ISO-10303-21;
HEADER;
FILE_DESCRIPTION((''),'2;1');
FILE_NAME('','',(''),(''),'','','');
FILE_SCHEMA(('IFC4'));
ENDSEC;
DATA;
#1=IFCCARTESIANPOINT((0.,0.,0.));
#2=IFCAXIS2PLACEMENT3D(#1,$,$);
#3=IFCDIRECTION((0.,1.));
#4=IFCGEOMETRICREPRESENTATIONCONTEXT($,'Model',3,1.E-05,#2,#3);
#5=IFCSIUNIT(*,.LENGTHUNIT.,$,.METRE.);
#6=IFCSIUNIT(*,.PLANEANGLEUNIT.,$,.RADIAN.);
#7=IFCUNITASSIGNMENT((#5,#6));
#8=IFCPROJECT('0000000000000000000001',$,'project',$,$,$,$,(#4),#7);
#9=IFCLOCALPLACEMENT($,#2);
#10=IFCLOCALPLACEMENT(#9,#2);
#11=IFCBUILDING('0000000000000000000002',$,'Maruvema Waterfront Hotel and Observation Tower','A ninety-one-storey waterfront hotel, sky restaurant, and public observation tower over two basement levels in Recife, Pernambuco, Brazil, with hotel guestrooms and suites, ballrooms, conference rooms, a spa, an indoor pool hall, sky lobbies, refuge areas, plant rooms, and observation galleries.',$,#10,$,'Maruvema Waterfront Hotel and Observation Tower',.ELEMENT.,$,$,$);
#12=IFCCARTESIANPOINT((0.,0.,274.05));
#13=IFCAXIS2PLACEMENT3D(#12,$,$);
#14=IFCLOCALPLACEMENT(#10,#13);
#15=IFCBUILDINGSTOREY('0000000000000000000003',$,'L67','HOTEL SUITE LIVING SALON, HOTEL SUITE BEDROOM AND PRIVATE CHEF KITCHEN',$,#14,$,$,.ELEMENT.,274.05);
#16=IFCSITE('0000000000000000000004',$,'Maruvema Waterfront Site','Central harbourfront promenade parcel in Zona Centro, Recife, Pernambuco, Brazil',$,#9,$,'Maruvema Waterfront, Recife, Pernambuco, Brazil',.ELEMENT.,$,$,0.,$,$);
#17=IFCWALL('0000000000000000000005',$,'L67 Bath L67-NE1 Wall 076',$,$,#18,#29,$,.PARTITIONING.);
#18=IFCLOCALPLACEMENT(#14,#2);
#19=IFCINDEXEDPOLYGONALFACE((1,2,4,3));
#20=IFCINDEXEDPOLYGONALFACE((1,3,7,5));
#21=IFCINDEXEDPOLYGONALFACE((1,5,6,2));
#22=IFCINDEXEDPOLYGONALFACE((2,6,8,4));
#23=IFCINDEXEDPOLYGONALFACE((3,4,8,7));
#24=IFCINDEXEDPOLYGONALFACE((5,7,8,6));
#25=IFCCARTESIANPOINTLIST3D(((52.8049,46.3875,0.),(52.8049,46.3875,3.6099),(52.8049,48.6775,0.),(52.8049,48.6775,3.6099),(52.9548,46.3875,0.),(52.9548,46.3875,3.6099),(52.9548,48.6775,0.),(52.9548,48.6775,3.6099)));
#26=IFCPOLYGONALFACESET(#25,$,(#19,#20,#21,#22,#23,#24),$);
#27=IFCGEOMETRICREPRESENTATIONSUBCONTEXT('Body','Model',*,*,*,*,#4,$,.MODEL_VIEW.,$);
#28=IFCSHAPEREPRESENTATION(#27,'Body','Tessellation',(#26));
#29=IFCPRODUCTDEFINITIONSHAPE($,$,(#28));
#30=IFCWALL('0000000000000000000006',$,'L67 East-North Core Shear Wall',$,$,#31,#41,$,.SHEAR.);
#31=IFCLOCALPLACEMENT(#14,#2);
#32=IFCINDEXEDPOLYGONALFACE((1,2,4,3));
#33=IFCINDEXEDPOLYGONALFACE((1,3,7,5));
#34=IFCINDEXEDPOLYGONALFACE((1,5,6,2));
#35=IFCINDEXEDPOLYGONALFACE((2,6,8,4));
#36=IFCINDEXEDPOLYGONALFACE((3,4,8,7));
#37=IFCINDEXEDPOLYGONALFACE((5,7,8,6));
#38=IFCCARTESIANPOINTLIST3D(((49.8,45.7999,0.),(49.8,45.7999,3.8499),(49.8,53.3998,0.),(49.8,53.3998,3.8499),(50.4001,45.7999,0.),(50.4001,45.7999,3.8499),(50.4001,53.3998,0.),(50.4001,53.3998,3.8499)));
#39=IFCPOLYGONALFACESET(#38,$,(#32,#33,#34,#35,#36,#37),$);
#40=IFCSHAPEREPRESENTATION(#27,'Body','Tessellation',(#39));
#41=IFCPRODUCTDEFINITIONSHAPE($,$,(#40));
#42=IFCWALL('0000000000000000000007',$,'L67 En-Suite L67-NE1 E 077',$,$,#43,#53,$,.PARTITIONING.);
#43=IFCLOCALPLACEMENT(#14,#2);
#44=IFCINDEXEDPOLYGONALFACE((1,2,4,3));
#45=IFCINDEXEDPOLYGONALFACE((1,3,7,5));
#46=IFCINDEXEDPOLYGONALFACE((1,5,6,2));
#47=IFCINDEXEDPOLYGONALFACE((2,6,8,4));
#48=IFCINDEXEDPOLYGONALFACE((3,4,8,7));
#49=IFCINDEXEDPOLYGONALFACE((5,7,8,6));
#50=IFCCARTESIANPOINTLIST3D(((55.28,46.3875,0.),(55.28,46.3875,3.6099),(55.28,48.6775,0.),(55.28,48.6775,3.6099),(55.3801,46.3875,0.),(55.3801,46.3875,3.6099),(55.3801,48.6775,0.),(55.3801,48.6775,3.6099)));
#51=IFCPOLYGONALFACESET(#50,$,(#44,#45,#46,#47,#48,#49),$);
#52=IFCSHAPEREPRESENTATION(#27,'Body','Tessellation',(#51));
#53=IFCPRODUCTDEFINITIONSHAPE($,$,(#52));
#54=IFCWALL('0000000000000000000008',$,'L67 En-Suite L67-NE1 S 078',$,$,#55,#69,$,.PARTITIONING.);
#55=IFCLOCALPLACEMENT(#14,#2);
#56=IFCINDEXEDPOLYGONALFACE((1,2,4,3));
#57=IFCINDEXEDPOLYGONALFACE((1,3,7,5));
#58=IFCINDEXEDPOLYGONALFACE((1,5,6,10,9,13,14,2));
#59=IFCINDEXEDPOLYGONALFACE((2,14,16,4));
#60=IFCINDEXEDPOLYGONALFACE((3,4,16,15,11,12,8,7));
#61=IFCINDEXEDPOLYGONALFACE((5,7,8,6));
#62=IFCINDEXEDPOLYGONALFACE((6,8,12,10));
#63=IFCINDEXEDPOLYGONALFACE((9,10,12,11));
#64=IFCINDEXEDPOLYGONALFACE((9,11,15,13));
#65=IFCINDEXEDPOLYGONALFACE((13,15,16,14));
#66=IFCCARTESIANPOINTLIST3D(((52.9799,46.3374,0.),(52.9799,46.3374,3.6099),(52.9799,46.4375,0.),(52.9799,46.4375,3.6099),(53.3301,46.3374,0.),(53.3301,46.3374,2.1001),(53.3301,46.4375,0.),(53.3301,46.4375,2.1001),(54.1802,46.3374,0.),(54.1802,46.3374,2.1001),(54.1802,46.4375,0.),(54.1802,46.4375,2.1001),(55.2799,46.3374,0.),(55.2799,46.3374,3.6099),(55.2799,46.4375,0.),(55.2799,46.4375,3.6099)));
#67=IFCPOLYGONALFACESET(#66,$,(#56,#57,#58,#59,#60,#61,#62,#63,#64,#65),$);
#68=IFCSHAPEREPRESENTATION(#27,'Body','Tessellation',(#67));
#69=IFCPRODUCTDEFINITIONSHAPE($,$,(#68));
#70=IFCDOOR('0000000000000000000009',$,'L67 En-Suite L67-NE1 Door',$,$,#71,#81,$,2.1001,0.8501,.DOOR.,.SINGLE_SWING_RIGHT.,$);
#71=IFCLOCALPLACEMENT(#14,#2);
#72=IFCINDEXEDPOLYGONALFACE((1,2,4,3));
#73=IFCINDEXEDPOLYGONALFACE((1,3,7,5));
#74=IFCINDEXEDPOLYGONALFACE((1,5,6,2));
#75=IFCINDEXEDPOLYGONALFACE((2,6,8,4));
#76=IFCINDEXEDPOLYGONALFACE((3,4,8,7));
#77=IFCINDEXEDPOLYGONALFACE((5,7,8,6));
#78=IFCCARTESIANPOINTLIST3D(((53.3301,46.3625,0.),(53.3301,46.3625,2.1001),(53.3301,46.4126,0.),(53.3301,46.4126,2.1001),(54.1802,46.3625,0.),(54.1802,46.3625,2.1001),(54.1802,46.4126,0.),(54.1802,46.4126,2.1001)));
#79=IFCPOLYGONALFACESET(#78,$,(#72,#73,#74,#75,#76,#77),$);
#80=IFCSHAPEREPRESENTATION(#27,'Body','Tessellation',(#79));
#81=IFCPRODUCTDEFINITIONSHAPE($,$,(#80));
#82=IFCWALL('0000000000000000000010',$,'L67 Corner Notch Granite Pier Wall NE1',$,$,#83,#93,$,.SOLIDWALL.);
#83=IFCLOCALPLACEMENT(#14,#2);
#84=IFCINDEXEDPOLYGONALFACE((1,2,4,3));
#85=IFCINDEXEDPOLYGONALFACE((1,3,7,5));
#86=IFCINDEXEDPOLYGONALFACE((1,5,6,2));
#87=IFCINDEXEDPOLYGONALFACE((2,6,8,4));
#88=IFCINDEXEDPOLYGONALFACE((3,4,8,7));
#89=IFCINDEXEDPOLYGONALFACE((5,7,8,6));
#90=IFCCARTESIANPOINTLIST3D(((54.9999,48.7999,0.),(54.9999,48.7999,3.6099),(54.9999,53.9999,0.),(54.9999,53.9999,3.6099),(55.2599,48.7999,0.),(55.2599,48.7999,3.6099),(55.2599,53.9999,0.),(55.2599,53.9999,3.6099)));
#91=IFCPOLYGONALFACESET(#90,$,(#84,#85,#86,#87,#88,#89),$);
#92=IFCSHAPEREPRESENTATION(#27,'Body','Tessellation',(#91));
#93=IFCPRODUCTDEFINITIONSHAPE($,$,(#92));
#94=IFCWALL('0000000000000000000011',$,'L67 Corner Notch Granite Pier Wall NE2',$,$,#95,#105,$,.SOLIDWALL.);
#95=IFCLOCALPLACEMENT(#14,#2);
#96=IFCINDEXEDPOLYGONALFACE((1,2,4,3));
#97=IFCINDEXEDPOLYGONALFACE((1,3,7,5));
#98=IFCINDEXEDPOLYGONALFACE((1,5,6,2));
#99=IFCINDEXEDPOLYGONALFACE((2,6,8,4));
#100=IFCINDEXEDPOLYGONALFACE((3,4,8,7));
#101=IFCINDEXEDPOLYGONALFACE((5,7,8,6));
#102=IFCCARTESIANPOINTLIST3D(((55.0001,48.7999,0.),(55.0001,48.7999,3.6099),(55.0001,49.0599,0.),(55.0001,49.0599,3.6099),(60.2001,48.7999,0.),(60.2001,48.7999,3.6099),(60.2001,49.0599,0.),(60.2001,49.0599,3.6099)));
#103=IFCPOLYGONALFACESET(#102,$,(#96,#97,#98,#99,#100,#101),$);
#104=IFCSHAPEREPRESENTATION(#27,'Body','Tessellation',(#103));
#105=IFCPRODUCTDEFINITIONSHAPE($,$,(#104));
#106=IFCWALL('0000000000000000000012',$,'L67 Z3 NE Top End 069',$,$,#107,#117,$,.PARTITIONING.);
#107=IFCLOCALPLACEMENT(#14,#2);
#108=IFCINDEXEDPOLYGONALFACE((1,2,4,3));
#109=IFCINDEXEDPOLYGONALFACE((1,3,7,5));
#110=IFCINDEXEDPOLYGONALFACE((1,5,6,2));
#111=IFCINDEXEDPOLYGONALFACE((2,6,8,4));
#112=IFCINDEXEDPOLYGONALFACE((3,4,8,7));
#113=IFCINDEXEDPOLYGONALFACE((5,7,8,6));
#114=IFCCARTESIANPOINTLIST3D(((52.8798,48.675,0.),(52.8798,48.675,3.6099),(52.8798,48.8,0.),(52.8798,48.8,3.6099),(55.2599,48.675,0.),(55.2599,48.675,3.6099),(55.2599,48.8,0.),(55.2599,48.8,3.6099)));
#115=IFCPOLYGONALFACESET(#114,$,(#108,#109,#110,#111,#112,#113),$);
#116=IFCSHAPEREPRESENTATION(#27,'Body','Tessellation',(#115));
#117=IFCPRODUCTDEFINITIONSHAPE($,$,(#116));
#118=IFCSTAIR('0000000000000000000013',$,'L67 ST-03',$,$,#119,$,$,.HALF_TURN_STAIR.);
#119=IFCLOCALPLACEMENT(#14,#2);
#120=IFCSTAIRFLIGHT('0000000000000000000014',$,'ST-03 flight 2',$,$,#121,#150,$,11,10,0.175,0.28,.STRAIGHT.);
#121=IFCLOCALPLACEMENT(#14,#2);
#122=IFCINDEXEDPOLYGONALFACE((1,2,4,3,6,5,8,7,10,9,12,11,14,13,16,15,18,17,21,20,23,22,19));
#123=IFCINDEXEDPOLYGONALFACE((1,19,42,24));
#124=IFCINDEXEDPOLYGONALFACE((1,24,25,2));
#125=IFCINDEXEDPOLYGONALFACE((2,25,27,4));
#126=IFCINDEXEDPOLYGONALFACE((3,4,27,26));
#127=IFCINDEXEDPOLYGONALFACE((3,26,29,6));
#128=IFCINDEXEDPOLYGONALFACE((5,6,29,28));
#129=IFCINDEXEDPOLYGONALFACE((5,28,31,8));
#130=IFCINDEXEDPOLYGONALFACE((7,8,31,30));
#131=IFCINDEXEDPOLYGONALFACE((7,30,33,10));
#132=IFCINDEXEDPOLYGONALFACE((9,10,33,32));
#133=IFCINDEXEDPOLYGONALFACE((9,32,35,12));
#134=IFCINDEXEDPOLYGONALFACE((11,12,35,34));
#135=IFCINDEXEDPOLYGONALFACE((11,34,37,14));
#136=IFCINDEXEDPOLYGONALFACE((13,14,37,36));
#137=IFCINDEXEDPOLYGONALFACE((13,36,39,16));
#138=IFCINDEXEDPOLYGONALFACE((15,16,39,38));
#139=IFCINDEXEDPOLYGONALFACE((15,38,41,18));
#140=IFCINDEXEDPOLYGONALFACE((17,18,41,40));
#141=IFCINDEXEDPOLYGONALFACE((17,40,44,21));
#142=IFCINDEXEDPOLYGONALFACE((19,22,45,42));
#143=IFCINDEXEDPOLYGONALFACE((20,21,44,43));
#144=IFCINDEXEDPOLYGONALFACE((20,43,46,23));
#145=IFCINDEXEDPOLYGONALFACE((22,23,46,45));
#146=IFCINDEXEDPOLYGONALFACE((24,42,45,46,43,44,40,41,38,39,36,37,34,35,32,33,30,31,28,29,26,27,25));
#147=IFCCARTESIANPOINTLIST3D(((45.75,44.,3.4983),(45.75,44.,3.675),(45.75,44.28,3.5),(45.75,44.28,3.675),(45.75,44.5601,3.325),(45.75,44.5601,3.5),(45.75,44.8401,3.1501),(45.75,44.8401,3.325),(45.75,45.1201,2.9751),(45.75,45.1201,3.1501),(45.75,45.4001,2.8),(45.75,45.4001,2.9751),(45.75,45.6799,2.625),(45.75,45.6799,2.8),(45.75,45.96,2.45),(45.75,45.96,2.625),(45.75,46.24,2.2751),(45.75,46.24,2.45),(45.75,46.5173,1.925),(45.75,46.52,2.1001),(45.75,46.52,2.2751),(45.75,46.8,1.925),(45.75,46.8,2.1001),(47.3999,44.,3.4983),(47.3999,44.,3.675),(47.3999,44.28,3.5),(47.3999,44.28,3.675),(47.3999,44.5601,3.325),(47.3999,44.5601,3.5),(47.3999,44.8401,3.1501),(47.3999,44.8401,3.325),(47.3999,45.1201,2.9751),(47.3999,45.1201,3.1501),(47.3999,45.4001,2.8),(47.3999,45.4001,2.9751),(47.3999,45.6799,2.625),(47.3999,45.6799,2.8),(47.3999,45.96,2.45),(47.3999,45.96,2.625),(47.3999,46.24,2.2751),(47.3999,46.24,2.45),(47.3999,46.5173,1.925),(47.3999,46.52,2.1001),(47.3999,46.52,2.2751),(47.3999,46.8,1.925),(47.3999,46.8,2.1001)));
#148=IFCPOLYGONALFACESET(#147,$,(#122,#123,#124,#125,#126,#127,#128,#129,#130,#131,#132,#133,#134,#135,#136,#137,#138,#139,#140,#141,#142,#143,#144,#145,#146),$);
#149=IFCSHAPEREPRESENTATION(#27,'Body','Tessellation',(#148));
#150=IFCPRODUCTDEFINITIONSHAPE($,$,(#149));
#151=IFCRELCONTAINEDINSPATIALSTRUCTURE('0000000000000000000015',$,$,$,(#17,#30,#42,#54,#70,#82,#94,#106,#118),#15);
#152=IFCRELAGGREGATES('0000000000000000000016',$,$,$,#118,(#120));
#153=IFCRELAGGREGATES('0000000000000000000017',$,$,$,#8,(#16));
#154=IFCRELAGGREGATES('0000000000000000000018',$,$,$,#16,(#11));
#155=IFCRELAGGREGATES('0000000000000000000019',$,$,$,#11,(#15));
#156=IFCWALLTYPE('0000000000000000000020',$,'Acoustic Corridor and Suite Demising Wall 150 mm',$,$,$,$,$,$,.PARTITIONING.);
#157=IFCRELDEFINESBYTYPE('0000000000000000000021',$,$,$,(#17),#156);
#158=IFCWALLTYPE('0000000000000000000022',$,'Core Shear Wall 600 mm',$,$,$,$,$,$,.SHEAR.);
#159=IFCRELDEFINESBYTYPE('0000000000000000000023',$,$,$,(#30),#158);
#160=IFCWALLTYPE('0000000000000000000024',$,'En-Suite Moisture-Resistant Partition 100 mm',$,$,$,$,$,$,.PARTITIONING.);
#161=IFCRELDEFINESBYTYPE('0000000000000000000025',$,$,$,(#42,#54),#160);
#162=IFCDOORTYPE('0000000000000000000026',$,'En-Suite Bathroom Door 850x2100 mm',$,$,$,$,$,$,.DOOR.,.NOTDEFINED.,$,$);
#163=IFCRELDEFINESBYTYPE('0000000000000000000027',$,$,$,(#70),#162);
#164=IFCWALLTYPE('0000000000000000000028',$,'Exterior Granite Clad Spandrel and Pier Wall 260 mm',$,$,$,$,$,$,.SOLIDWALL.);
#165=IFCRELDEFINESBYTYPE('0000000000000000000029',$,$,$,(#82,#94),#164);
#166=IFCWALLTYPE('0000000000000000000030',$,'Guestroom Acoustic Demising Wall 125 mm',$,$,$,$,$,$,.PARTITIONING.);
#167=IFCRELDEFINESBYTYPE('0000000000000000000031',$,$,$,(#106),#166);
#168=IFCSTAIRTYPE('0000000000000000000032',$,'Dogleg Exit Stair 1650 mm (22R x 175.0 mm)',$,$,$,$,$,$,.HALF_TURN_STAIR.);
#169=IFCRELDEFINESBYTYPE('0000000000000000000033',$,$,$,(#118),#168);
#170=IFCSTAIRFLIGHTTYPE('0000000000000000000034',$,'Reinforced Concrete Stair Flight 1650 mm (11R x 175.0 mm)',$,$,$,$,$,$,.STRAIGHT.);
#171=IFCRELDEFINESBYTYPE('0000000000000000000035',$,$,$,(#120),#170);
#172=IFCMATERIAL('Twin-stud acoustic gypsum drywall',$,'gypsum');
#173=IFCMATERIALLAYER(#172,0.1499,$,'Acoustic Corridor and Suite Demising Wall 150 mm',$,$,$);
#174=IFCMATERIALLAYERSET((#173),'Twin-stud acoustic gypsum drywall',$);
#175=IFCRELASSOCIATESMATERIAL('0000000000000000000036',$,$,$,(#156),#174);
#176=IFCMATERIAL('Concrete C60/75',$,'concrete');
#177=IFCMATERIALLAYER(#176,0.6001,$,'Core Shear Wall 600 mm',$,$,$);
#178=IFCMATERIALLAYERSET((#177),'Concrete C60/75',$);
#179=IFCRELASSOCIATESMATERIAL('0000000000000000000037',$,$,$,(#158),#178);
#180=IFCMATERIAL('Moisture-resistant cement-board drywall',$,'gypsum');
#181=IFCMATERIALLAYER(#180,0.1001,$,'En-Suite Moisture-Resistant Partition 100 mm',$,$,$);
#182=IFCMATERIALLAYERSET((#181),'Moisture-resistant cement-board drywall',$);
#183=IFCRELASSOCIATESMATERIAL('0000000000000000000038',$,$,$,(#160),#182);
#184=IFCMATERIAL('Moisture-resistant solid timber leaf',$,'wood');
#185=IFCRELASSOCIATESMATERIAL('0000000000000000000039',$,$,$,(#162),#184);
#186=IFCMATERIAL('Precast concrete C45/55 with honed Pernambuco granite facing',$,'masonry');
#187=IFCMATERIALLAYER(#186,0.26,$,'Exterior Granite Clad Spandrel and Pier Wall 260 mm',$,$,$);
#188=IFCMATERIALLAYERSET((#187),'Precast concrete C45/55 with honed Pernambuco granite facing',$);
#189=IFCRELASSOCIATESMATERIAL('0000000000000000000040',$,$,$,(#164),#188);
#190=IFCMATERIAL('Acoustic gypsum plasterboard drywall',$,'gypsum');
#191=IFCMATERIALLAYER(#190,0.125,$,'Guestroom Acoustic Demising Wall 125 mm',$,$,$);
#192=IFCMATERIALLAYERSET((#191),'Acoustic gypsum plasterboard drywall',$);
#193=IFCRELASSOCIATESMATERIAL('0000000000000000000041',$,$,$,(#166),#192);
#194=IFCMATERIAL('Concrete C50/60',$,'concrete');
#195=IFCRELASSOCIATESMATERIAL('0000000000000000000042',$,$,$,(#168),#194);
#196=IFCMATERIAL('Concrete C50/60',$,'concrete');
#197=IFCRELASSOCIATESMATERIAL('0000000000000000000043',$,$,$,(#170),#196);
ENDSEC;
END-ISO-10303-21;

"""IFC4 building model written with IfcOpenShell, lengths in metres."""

from ifc_helpers import new_model, si_unit, direction, frame, frame_2d, origin, place, context, subcontext, project, spatial, polyline, rectangle, outline, extrude, material, layer, layer_set, type_object, element, fill, aggregate, save


model = new_model("IFC4")

# Units and contexts
model_context = context("Model", 3, precision=1e-05, world=origin(), true_north=direction((0.0, 1.0)))
body_context = subcontext(model_context, "Body", "Model", "MODEL_VIEW")
ifc_project = project(units=[si_unit("LENGTHUNIT", "METRE"), si_unit("PLANEANGLEUNIT", "RADIAN")], contexts=[model_context])

# Site, building, storey
site_placement = place(None, origin())
site = spatial("IfcSite", under=ifc_project, at=site_placement, Name="Maruvema Waterfront Site", Description="Central harbourfront promenade parcel in Zona Centro, Recife, Pernambuco, Brazil", LongName="Maruvema Waterfront, Recife, Pernambuco, Brazil", CompositionType="ELEMENT", RefElevation=0.0)
building_placement = place(site_placement, origin())
building = spatial("IfcBuilding", under=site, at=building_placement, Name="Maruvema Waterfront Hotel and Observation Tower", Description="A ninety-one-storey waterfront hotel, sky restaurant, and public observation tower over two basement levels in Recife, Pernambuco, Brazil, with hotel guestrooms and suites, ballrooms, conference rooms, a spa, an indoor pool hall, sky lobbies, refuge areas, plant rooms, and observation galleries.", LongName="Maruvema Waterfront Hotel and Observation Tower", CompositionType="ELEMENT")
storey_placement = place(building_placement, frame((0.0, 0.0, 274.05)))
storey = spatial("IfcBuildingStorey", under=building, at=storey_placement, Name="L67", Description="HOTEL SUITE LIVING SALON, HOTEL SUITE BEDROOM AND PRIVATE CHEF KITCHEN", CompositionType="ELEMENT", Elevation=274.05)

# Walls
ifc_material_1 = material(Name="Twin-stud acoustic gypsum drywall", Category="gypsum")
ifc_layer_1 = layer(ifc_material_1, 0.1499, Name="Acoustic Corridor and Suite Demising Wall 150 mm")
ifc_layer_set_1 = layer_set([ifc_layer_1], Name="Twin-stud acoustic gypsum drywall")
wall_type_1 = type_object("IfcWallType", Name="Acoustic Corridor and Suite Demising Wall 150 mm", PredefinedType="PARTITIONING", material=ifc_layer_set_1)
wall_1_placement = place(storey_placement, frame((52.8799, 46.3875, 0.0), z_axis=(0.0, 0.0, 1.0), x_axis=(0.0, 1.0, 0.0)))
element("IfcWall", 1, at=wall_1_placement, inside=storey, type_object=wall_type_1, Name="L67 Bath L67-NE1 Wall 076", PredefinedType="PARTITIONING", context=body_context, shape_type="SweptSolid", body=[
    extrude(rectangle(XDim=2.29, YDim=0.1499, at=frame_2d((1.145, 0.0))), origin(), (0.0, 0.0, 1.0), 3.6099),
])
ifc_material_2 = material(Name="Concrete C60/75", Category="concrete")
ifc_layer_2 = layer(ifc_material_2, 0.6001, Name="Core Shear Wall 600 mm")
ifc_layer_set_2 = layer_set([ifc_layer_2], Name="Concrete C60/75")
wall_type_2 = type_object("IfcWallType", Name="Core Shear Wall 600 mm", PredefinedType="SHEAR", material=ifc_layer_set_2)
wall_2_placement = place(storey_placement, frame((50.1001, 45.8, 0.0), z_axis=(0.0, 0.0, 1.0), x_axis=(0.0, 1.0, 0.0)))
element("IfcWall", 2, at=wall_2_placement, inside=storey, type_object=wall_type_2, Name="L67 East-North Core Shear Wall", PredefinedType="SHEAR", context=body_context, shape_type="SweptSolid", body=[
    extrude(rectangle(XDim=7.5999, YDim=0.6001, at=frame_2d((3.7998, 0.0))), origin(), (0.0, 0.0, 1.0), 3.8499),
])
ifc_material_3 = material(Name="Moisture-resistant cement-board drywall", Category="gypsum")
ifc_layer_3 = layer(ifc_material_3, 0.1001, Name="En-Suite Moisture-Resistant Partition 100 mm")
ifc_layer_set_3 = layer_set([ifc_layer_3], Name="Moisture-resistant cement-board drywall")
wall_type_3 = type_object("IfcWallType", Name="En-Suite Moisture-Resistant Partition 100 mm", PredefinedType="PARTITIONING", material=ifc_layer_set_3)
wall_3_placement = place(storey_placement, frame((55.3301, 46.3875, 0.0), z_axis=(0.0, 0.0, 1.0), x_axis=(0.0, 1.0, 0.0)))
element("IfcWall", 3, at=wall_3_placement, inside=storey, type_object=wall_type_3, Name="L67 En-Suite L67-NE1 E 077", PredefinedType="PARTITIONING", context=body_context, shape_type="SweptSolid", body=[
    extrude(rectangle(XDim=2.29, YDim=0.1001, at=frame_2d((1.145, 0.0))), origin(), (0.0, 0.0, 1.0), 3.6099),
])

# Wall, opening, door
wall_4_placement = place(storey_placement, frame((52.98, 46.3875, 0.0), z_axis=(0.0, 0.0, 1.0), x_axis=(1.0, 0.0, 0.0)))
wall_4 = element("IfcWall", 4, at=wall_4_placement, inside=storey, type_object=wall_type_3, Name="L67 En-Suite L67-NE1 S 078", PredefinedType="PARTITIONING", context=body_context, shape_type="SweptSolid", body=[
    extrude(rectangle(XDim=2.3, YDim=0.1001, at=frame_2d((1.1499, 0.0))), origin(), (0.0, 0.0, 1.0), 3.6099),
])
opening_placement = place(wall_4_placement, frame((0.3501, 0.0, 0.0)))
opening = element("IfcOpeningElement", 5, at=opening_placement, cuts=wall_4, PredefinedType="OPENING", context=body_context, shape_type="SweptSolid", body=[
    extrude(rectangle(XDim=0.8501, YDim=2.1001, at=frame_2d((0.425, 1.05))), frame((0.0, 0.0601, 0.0), z_axis=(0.0, -1.0, 0.0), x_axis=(1.0, 0.0, 0.0)), (0.0, 0.0, 1.0), 0.1201),
])
ifc_material_4 = material(Name="Moisture-resistant solid timber leaf", Category="wood")
door_type = type_object("IfcDoorType", Name="En-Suite Bathroom Door 850x2100 mm", OperationType="NOTDEFINED", PredefinedType="DOOR", material=ifc_material_4)
door_placement = place(opening_placement, frame((0.8501, 0.0, 0.0), z_axis=(0.0, 0.0, 1.0), x_axis=(-1.0, 0.0, 0.0)))
door = element("IfcDoor", 6, at=door_placement, inside=storey, type_object=door_type, Name="L67 En-Suite L67-NE1 Door", OperationType="SINGLE_SWING_RIGHT", OverallHeight=2.1001, OverallWidth=0.8501, PredefinedType="DOOR", context=body_context, shape_type="SweptSolid", body=[
    extrude(rectangle(XDim=0.8501, YDim=2.1001, at=frame_2d((0.425, 1.05))), frame((0.0, 0.0249, 0.0), z_axis=(0.0, -1.0, 0.0), x_axis=(1.0, 0.0, 0.0)), (0.0, 0.0, 1.0), 0.05),
])
fill(opening, door)

# Walls
ifc_material_5 = material(Name="Precast concrete C45/55 with honed Pernambuco granite facing", Category="masonry")
ifc_layer_4 = layer(ifc_material_5, 0.26, Name="Exterior Granite Clad Spandrel and Pier Wall 260 mm")
ifc_layer_set_4 = layer_set([ifc_layer_4], Name="Precast concrete C45/55 with honed Pernambuco granite facing")
wall_type_4 = type_object("IfcWallType", Name="Exterior Granite Clad Spandrel and Pier Wall 260 mm", PredefinedType="SOLIDWALL", material=ifc_layer_set_4)
for number, where, z_axis, x_axis, name in (
    (7, (55.1299, 54.0, 0.0), (0.0, 0.0, 1.0), (0.0, -1.0, 0.0), "L67 Corner Notch Granite Pier Wall NE1"),
    (8, (55.0, 48.9299, 0.0), (0.0, 0.0, 1.0), (1.0, 0.0, 0.0), "L67 Corner Notch Granite Pier Wall NE2"),
):
    element("IfcWall", number, at=place(storey_placement, frame(where, z_axis=z_axis, x_axis=x_axis)), inside=storey, type_object=wall_type_4, Name=name, PredefinedType="SOLIDWALL", context=body_context, shape_type="SweptSolid", body=[
        extrude(rectangle(XDim=5.2, YDim=0.26, at=frame_2d((2.6001, 0.0))), origin(), (0.0, 0.0, 1.0), 3.6099),
    ])
ifc_material_6 = material(Name="Acoustic gypsum plasterboard drywall", Category="gypsum")
ifc_layer_5 = layer(ifc_material_6, 0.125, Name="Guestroom Acoustic Demising Wall 125 mm")
ifc_layer_set_5 = layer_set([ifc_layer_5], Name="Acoustic gypsum plasterboard drywall")
wall_type_5 = type_object("IfcWallType", Name="Guestroom Acoustic Demising Wall 125 mm", PredefinedType="PARTITIONING", material=ifc_layer_set_5)
wall_5_placement = place(storey_placement, frame((52.8799, 48.7375, 0.0), z_axis=(0.0, 0.0, 1.0), x_axis=(1.0, 0.0, 0.0)))
element("IfcWall", 9, at=wall_5_placement, inside=storey, type_object=wall_type_5, Name="L67 Z3 NE Top End 069", PredefinedType="PARTITIONING", context=body_context, shape_type="SweptSolid", body=[
    extrude(rectangle(XDim=2.3801, YDim=0.125, at=frame_2d((1.1899, 0.0))), origin(), (0.0, 0.0, 1.0), 3.6099),
])

# Stair, stair flight
ifc_material_7 = material(Name="Concrete C50/60", Category="concrete")
stair_type = type_object("IfcStairType", Name="Dogleg Exit Stair 1650 mm (22R x 175.0 mm)", PredefinedType="HALF_TURN_STAIR", material=ifc_material_7)
stair_placement = place(storey_placement, origin())
stair = element("IfcStair", 10, at=stair_placement, inside=storey, type_object=stair_type, Name="L67 ST-03", PredefinedType="HALF_TURN_STAIR")
ifc_material_8 = material(Name="Concrete C50/60", Category="concrete")
stair_flight_type = type_object("IfcStairFlightType", Name="Reinforced Concrete Stair Flight 1650 mm (11R x 175.0 mm)", PredefinedType="STRAIGHT", material=ifc_material_8)
stair_flight_placement = place(storey_placement, frame((46.575, 46.8, 1.925), z_axis=(0.0, 0.0, 1.0), x_axis=(0.0, -1.0, 0.0)))
stair_flight = element("IfcStairFlight", 11, at=stair_flight_placement, type_object=stair_flight_type, Name="ST-03 flight 2", NumberOfRisers=11, NumberOfTreads=10, PredefinedType="STRAIGHT", RiserHeight=0.175, TreadLength=0.28, context=body_context, shape_type="SweptSolid", body=[
    extrude(outline(polyline([(0.0, 0.0), (0.0, 0.175), (0.28, 0.175), (0.28, 0.3501), (0.5601, 0.3501), (0.5601, 0.5249), (0.8401, 0.5249), (0.8401, 0.7), (1.1201, 0.7), (1.1201, 0.875), (1.3999, 0.875), (1.3999, 1.05), (1.6799, 1.05), (1.6799, 1.2251), (1.96, 1.2251), (1.96, 1.3999), (2.24, 1.3999), (2.24, 1.575), (2.52, 1.575), (2.52, 1.75), (2.8, 1.75), (2.8, 1.925), (2.8, 1.5732), (0.2827, 0.0), (0.0, 0.0)])), frame((0.0, 0.825, 0.0), z_axis=(0.0, -1.0, 0.0), x_axis=(1.0, 0.0, 0.0)), (0.0, 0.0, 1.0), 1.6499),
])
aggregate(stair, [stair_flight])

save(model, "model.ifc")
